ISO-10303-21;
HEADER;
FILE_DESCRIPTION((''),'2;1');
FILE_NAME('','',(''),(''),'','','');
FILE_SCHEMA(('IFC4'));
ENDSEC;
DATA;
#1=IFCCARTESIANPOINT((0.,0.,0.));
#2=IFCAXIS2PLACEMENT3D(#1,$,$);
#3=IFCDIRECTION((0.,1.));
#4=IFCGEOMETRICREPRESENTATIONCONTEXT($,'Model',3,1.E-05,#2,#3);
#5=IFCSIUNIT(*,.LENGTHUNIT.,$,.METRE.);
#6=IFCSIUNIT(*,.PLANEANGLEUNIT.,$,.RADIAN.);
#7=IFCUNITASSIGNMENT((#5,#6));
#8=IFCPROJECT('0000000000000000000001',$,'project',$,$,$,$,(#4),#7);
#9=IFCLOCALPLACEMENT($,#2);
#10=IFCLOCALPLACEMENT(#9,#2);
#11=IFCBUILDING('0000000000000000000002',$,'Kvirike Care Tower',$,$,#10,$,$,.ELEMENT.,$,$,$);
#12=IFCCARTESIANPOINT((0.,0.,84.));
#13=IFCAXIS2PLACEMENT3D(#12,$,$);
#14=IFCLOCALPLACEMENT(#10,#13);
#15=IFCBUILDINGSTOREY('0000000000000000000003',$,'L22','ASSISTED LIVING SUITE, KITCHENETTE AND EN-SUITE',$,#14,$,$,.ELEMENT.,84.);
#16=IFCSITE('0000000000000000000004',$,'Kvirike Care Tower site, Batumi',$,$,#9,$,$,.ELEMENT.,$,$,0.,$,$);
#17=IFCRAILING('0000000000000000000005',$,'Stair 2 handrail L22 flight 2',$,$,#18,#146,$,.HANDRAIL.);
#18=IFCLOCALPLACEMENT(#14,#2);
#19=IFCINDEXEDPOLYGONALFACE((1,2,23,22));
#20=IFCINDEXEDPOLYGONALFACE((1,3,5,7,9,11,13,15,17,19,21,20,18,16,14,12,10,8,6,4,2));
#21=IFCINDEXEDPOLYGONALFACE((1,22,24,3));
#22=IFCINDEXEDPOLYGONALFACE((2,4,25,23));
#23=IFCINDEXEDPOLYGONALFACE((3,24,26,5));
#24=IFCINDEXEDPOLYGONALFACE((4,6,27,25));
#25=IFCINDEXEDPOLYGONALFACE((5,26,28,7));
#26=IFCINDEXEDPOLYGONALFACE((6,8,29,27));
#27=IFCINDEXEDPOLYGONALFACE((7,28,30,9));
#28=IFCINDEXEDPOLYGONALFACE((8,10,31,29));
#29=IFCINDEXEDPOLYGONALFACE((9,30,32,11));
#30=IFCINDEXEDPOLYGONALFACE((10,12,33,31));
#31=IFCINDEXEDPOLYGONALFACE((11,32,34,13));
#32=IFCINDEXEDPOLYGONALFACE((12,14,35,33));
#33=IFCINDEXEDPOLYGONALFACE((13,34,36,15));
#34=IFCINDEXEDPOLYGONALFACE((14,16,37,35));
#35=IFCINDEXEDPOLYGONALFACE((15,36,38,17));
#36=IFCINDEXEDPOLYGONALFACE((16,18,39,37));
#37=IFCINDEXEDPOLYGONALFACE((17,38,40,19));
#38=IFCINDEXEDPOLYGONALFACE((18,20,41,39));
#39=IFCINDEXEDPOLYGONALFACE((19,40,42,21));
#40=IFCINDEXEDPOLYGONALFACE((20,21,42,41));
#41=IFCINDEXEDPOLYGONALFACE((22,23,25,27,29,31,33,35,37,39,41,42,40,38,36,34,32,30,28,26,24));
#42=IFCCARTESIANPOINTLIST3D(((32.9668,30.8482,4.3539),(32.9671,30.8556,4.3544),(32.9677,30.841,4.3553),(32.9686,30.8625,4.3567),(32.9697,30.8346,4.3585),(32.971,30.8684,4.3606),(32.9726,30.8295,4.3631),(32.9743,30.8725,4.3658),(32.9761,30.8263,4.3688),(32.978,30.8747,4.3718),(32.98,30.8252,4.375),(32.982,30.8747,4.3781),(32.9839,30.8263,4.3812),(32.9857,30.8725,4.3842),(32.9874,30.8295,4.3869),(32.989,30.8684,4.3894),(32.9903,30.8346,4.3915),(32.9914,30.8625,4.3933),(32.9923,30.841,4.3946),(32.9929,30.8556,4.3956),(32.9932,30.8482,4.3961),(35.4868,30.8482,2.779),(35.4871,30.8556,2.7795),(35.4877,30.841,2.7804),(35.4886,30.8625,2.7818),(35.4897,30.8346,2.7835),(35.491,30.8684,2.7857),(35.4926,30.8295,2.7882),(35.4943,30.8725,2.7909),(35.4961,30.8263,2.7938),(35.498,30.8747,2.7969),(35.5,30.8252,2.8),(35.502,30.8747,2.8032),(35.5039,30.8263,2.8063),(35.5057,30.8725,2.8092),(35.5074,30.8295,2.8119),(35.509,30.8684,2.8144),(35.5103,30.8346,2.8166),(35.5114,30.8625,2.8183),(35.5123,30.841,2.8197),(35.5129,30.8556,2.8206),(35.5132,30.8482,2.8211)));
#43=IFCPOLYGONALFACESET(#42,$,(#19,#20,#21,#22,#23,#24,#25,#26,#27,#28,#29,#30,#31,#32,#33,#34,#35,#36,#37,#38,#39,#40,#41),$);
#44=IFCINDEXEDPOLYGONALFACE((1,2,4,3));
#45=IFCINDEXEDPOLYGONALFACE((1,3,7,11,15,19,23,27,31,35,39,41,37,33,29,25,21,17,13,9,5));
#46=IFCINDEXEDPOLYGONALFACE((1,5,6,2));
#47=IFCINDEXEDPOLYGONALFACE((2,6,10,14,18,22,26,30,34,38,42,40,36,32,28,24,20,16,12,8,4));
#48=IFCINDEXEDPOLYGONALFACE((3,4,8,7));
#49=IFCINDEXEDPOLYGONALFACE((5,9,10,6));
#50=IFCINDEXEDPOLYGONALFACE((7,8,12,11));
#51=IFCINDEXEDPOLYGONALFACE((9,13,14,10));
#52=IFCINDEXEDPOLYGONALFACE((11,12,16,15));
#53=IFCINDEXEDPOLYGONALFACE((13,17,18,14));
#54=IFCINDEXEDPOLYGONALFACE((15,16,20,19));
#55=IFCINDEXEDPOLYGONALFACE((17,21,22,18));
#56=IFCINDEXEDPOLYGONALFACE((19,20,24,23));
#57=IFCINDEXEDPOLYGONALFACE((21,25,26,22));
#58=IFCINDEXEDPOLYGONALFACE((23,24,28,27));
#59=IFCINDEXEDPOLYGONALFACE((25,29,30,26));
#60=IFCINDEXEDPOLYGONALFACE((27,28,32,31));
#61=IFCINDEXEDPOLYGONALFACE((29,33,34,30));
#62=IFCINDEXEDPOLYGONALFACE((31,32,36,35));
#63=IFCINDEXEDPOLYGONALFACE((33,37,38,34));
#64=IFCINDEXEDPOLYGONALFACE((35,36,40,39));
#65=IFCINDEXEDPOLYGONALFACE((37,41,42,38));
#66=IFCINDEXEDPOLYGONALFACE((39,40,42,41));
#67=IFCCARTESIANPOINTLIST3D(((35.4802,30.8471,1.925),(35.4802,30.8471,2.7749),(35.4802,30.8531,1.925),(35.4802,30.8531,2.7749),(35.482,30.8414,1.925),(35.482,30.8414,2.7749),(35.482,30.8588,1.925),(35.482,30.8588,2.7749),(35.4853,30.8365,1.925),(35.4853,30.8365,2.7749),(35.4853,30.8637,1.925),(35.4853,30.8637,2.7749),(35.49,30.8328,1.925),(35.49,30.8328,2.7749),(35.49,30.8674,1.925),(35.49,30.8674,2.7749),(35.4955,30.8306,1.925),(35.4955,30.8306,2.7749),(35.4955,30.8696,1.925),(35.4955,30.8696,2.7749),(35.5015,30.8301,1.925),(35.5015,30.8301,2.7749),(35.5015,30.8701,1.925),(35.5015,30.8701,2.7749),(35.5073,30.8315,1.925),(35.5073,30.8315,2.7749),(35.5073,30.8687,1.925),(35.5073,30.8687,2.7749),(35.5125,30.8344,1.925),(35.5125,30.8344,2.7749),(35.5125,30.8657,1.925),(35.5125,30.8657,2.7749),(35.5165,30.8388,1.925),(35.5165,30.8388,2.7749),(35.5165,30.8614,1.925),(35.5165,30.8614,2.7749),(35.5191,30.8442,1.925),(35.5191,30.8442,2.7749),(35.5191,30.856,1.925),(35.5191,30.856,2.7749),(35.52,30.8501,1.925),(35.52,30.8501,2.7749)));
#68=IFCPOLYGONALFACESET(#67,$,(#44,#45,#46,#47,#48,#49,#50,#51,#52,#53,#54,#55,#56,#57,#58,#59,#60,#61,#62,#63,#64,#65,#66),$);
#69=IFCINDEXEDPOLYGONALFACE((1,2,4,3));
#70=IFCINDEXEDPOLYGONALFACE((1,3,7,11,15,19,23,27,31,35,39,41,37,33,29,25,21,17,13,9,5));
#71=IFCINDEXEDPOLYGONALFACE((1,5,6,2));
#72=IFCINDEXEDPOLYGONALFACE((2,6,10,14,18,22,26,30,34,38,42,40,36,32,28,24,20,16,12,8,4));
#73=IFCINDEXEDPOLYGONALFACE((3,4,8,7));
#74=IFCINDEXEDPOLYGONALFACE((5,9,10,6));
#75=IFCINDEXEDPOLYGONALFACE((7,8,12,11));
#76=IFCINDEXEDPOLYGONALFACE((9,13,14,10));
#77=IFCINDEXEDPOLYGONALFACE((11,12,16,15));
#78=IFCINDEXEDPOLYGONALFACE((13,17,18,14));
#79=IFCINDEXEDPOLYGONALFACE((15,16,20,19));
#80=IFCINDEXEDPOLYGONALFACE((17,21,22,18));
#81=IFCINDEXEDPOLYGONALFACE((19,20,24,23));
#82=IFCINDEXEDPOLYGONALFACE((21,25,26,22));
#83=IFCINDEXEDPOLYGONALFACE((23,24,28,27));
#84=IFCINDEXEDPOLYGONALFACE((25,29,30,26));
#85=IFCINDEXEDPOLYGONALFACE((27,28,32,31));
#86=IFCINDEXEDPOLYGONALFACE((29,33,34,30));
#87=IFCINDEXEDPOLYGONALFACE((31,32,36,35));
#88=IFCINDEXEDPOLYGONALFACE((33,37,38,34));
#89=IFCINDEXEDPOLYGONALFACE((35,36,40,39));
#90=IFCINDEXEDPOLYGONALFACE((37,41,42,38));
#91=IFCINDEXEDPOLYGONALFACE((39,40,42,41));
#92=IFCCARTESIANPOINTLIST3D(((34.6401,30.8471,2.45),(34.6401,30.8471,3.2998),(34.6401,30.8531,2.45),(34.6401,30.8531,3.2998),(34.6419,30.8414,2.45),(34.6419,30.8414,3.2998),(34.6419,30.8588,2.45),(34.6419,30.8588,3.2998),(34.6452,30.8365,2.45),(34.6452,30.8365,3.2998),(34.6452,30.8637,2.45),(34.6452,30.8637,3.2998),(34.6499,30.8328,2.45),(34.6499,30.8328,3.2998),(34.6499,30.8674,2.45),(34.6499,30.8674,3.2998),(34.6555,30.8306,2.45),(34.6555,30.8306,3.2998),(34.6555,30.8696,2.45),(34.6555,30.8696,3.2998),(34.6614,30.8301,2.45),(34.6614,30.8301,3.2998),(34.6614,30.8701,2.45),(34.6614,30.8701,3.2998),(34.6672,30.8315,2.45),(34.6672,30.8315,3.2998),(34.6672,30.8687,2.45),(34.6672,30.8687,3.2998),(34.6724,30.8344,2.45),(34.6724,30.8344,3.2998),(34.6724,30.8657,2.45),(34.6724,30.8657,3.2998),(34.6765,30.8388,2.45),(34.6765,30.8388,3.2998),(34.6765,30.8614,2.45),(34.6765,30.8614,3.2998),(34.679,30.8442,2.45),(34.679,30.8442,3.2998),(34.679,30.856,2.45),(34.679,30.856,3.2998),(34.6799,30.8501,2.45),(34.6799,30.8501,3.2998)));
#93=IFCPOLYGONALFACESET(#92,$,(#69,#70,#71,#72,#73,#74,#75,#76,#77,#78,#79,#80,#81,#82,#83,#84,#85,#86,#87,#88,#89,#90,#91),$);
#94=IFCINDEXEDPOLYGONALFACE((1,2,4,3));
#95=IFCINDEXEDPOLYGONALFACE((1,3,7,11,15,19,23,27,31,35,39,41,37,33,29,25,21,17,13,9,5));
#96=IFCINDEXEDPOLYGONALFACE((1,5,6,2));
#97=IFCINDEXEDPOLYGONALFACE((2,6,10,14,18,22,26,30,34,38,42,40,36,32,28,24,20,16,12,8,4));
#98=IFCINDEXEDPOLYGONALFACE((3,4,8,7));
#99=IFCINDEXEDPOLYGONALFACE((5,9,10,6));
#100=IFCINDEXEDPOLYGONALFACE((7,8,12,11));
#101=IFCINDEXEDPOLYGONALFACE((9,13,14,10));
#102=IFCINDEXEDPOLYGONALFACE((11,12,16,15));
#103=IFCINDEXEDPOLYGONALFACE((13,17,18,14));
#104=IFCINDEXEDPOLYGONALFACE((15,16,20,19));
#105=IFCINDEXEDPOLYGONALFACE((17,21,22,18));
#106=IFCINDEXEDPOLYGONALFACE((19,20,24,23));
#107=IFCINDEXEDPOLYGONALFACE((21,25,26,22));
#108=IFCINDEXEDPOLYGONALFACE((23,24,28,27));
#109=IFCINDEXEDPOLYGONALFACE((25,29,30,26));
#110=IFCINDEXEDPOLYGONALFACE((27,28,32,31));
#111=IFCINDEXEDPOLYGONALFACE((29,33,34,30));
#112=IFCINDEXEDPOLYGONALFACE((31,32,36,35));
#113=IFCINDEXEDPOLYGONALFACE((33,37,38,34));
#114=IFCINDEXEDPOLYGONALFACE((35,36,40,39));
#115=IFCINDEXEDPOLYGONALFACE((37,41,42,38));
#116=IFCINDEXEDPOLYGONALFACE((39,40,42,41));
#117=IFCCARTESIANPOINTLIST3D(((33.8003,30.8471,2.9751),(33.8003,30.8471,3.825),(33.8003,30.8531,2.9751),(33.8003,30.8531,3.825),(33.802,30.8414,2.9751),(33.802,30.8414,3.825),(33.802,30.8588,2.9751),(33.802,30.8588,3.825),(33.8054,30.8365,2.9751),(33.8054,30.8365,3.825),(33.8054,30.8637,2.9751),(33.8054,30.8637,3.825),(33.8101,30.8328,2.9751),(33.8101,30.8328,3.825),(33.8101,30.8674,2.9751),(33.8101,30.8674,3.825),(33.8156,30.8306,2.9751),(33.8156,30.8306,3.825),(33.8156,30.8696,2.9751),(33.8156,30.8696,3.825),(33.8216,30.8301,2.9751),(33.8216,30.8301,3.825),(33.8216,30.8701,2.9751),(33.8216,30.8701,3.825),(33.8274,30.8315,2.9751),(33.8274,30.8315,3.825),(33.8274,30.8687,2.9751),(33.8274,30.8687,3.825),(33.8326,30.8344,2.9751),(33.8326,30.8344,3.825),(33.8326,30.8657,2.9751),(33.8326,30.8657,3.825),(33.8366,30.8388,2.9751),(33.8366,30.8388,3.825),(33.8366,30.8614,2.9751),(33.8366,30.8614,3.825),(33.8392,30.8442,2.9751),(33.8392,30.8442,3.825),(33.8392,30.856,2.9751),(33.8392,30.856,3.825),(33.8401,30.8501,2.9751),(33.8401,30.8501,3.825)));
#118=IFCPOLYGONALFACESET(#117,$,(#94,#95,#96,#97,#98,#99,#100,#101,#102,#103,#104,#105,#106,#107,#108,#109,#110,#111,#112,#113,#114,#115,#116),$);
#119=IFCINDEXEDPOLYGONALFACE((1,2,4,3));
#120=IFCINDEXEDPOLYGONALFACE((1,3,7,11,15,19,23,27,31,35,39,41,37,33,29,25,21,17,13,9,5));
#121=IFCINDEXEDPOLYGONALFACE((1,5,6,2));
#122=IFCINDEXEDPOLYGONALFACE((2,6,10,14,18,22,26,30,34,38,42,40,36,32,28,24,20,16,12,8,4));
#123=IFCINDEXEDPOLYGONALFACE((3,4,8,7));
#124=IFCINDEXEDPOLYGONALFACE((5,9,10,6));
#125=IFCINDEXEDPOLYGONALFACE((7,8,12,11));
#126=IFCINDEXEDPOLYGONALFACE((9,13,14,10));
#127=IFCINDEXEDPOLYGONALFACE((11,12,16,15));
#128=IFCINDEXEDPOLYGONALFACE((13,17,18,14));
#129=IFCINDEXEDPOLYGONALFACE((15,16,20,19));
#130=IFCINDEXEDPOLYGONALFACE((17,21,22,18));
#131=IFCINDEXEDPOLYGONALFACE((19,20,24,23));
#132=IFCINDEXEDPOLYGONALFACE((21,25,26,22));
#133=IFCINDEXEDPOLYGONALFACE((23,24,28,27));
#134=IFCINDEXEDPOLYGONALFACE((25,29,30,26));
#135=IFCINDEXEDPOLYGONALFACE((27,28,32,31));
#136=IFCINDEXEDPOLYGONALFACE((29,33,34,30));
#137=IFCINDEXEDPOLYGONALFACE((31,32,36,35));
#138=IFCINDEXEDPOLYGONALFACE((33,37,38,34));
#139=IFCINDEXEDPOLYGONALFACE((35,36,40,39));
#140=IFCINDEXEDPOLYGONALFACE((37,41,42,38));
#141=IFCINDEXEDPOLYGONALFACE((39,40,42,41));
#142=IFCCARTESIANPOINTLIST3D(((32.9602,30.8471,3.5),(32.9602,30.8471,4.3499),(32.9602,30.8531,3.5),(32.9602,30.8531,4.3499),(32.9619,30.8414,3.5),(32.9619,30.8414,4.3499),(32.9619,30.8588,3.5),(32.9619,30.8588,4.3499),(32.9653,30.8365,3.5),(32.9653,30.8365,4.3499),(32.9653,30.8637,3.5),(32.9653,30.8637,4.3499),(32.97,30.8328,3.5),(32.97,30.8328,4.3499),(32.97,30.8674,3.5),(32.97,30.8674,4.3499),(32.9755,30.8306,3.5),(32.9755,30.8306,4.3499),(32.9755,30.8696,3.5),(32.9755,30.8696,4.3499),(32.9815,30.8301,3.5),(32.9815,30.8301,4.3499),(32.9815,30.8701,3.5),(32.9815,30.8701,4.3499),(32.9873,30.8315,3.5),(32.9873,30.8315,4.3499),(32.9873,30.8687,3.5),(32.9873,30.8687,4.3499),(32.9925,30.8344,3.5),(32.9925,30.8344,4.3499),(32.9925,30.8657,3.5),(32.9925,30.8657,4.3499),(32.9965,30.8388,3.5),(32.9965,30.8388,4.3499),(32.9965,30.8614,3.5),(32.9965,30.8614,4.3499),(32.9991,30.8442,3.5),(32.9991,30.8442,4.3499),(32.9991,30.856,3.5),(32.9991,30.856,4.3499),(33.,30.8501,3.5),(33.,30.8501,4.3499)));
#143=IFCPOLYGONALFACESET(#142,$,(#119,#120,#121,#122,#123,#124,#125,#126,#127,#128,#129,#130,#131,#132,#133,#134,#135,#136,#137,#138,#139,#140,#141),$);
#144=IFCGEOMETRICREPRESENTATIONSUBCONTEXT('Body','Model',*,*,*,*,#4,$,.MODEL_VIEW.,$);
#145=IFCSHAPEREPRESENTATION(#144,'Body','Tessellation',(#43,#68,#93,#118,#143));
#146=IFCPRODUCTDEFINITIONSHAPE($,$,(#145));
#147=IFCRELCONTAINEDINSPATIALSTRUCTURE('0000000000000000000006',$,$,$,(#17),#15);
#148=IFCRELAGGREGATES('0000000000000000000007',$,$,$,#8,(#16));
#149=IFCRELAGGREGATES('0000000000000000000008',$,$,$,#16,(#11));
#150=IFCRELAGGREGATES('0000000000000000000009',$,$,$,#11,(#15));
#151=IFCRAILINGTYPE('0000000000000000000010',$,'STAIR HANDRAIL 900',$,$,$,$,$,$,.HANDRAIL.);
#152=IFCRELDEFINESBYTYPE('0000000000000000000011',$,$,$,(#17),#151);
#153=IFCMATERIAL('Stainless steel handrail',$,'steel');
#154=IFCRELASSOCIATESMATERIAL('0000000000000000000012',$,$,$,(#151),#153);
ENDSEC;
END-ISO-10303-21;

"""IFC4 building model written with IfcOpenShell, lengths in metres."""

from ifc_helpers import new_model, si_unit, direction, frame, origin, origin_2d, place, context, subcontext, project, spatial, circle, extrude, material, type_object, element, save


model = new_model("IFC4")

# Units and contexts
model_context = context("Model", 3, precision=1e-05, world=origin(), true_north=direction((0.0, 1.0)))
body_context = subcontext(model_context, "Body", "Model", "MODEL_VIEW")
ifc_project = project(units=[si_unit("LENGTHUNIT", "METRE"), si_unit("PLANEANGLEUNIT", "RADIAN")], contexts=[model_context])

# Site, building, storey
site_placement = place(None, origin())
site = spatial("IfcSite", under=ifc_project, at=site_placement, Name="Kvirike Care Tower site, Batumi", CompositionType="ELEMENT", RefElevation=0.0)
building_placement = place(site_placement, origin())
building = spatial("IfcBuilding", under=site, at=building_placement, Name="Kvirike Care Tower", CompositionType="ELEMENT")
storey_placement = place(building_placement, frame((0.0, 0.0, 84.0)))
storey = spatial("IfcBuildingStorey", under=building, at=storey_placement, Name="L22", Description="ASSISTED LIVING SUITE, KITCHENETTE AND EN-SUITE", CompositionType="ELEMENT", Elevation=84.0)

# Railing
ifc_material_1 = material(Name="Stainless steel handrail", Category="steel")
railing_type = type_object("IfcRailingType", Name="STAIR HANDRAIL 900", PredefinedType="HANDRAIL", material=ifc_material_1)
railing_1_placement = place(storey_placement, frame((35.5, 30.8501, 1.925)))
element("IfcRailing", 1, at=railing_1_placement, inside=storey, type_object=railing_type, Name="Stair 2 handrail L22 flight 2", PredefinedType="HANDRAIL", context=body_context, shape_type="SweptSolid", body=[
    extrude(circle(Radius=0.0249, at=origin_2d()), frame((0.0, 0.0, 0.875), z_axis=(-0.848008, 0.0, 0.529984), x_axis=(0.0, -1.0, 0.0)), (0.0, 0.0, 1.0), 2.9717),
    extrude(circle(Radius=0.02, at=origin_2d()), origin(), (0.0, 0.0, 1.0), 0.8499),
    extrude(circle(Radius=0.02, at=origin_2d()), frame((-0.8401, 0.0, 0.5249)), (0.0, 0.0, 1.0), 0.8499),
    extrude(circle(Radius=0.02, at=origin_2d()), frame((-1.6799, 0.0, 1.05)), (0.0, 0.0, 1.0), 0.8499),
    extrude(circle(Radius=0.02, at=origin_2d()), frame((-2.52, 0.0, 1.575)), (0.0, 0.0, 1.0), 0.8499),
])

save(model, "model.ifc")
